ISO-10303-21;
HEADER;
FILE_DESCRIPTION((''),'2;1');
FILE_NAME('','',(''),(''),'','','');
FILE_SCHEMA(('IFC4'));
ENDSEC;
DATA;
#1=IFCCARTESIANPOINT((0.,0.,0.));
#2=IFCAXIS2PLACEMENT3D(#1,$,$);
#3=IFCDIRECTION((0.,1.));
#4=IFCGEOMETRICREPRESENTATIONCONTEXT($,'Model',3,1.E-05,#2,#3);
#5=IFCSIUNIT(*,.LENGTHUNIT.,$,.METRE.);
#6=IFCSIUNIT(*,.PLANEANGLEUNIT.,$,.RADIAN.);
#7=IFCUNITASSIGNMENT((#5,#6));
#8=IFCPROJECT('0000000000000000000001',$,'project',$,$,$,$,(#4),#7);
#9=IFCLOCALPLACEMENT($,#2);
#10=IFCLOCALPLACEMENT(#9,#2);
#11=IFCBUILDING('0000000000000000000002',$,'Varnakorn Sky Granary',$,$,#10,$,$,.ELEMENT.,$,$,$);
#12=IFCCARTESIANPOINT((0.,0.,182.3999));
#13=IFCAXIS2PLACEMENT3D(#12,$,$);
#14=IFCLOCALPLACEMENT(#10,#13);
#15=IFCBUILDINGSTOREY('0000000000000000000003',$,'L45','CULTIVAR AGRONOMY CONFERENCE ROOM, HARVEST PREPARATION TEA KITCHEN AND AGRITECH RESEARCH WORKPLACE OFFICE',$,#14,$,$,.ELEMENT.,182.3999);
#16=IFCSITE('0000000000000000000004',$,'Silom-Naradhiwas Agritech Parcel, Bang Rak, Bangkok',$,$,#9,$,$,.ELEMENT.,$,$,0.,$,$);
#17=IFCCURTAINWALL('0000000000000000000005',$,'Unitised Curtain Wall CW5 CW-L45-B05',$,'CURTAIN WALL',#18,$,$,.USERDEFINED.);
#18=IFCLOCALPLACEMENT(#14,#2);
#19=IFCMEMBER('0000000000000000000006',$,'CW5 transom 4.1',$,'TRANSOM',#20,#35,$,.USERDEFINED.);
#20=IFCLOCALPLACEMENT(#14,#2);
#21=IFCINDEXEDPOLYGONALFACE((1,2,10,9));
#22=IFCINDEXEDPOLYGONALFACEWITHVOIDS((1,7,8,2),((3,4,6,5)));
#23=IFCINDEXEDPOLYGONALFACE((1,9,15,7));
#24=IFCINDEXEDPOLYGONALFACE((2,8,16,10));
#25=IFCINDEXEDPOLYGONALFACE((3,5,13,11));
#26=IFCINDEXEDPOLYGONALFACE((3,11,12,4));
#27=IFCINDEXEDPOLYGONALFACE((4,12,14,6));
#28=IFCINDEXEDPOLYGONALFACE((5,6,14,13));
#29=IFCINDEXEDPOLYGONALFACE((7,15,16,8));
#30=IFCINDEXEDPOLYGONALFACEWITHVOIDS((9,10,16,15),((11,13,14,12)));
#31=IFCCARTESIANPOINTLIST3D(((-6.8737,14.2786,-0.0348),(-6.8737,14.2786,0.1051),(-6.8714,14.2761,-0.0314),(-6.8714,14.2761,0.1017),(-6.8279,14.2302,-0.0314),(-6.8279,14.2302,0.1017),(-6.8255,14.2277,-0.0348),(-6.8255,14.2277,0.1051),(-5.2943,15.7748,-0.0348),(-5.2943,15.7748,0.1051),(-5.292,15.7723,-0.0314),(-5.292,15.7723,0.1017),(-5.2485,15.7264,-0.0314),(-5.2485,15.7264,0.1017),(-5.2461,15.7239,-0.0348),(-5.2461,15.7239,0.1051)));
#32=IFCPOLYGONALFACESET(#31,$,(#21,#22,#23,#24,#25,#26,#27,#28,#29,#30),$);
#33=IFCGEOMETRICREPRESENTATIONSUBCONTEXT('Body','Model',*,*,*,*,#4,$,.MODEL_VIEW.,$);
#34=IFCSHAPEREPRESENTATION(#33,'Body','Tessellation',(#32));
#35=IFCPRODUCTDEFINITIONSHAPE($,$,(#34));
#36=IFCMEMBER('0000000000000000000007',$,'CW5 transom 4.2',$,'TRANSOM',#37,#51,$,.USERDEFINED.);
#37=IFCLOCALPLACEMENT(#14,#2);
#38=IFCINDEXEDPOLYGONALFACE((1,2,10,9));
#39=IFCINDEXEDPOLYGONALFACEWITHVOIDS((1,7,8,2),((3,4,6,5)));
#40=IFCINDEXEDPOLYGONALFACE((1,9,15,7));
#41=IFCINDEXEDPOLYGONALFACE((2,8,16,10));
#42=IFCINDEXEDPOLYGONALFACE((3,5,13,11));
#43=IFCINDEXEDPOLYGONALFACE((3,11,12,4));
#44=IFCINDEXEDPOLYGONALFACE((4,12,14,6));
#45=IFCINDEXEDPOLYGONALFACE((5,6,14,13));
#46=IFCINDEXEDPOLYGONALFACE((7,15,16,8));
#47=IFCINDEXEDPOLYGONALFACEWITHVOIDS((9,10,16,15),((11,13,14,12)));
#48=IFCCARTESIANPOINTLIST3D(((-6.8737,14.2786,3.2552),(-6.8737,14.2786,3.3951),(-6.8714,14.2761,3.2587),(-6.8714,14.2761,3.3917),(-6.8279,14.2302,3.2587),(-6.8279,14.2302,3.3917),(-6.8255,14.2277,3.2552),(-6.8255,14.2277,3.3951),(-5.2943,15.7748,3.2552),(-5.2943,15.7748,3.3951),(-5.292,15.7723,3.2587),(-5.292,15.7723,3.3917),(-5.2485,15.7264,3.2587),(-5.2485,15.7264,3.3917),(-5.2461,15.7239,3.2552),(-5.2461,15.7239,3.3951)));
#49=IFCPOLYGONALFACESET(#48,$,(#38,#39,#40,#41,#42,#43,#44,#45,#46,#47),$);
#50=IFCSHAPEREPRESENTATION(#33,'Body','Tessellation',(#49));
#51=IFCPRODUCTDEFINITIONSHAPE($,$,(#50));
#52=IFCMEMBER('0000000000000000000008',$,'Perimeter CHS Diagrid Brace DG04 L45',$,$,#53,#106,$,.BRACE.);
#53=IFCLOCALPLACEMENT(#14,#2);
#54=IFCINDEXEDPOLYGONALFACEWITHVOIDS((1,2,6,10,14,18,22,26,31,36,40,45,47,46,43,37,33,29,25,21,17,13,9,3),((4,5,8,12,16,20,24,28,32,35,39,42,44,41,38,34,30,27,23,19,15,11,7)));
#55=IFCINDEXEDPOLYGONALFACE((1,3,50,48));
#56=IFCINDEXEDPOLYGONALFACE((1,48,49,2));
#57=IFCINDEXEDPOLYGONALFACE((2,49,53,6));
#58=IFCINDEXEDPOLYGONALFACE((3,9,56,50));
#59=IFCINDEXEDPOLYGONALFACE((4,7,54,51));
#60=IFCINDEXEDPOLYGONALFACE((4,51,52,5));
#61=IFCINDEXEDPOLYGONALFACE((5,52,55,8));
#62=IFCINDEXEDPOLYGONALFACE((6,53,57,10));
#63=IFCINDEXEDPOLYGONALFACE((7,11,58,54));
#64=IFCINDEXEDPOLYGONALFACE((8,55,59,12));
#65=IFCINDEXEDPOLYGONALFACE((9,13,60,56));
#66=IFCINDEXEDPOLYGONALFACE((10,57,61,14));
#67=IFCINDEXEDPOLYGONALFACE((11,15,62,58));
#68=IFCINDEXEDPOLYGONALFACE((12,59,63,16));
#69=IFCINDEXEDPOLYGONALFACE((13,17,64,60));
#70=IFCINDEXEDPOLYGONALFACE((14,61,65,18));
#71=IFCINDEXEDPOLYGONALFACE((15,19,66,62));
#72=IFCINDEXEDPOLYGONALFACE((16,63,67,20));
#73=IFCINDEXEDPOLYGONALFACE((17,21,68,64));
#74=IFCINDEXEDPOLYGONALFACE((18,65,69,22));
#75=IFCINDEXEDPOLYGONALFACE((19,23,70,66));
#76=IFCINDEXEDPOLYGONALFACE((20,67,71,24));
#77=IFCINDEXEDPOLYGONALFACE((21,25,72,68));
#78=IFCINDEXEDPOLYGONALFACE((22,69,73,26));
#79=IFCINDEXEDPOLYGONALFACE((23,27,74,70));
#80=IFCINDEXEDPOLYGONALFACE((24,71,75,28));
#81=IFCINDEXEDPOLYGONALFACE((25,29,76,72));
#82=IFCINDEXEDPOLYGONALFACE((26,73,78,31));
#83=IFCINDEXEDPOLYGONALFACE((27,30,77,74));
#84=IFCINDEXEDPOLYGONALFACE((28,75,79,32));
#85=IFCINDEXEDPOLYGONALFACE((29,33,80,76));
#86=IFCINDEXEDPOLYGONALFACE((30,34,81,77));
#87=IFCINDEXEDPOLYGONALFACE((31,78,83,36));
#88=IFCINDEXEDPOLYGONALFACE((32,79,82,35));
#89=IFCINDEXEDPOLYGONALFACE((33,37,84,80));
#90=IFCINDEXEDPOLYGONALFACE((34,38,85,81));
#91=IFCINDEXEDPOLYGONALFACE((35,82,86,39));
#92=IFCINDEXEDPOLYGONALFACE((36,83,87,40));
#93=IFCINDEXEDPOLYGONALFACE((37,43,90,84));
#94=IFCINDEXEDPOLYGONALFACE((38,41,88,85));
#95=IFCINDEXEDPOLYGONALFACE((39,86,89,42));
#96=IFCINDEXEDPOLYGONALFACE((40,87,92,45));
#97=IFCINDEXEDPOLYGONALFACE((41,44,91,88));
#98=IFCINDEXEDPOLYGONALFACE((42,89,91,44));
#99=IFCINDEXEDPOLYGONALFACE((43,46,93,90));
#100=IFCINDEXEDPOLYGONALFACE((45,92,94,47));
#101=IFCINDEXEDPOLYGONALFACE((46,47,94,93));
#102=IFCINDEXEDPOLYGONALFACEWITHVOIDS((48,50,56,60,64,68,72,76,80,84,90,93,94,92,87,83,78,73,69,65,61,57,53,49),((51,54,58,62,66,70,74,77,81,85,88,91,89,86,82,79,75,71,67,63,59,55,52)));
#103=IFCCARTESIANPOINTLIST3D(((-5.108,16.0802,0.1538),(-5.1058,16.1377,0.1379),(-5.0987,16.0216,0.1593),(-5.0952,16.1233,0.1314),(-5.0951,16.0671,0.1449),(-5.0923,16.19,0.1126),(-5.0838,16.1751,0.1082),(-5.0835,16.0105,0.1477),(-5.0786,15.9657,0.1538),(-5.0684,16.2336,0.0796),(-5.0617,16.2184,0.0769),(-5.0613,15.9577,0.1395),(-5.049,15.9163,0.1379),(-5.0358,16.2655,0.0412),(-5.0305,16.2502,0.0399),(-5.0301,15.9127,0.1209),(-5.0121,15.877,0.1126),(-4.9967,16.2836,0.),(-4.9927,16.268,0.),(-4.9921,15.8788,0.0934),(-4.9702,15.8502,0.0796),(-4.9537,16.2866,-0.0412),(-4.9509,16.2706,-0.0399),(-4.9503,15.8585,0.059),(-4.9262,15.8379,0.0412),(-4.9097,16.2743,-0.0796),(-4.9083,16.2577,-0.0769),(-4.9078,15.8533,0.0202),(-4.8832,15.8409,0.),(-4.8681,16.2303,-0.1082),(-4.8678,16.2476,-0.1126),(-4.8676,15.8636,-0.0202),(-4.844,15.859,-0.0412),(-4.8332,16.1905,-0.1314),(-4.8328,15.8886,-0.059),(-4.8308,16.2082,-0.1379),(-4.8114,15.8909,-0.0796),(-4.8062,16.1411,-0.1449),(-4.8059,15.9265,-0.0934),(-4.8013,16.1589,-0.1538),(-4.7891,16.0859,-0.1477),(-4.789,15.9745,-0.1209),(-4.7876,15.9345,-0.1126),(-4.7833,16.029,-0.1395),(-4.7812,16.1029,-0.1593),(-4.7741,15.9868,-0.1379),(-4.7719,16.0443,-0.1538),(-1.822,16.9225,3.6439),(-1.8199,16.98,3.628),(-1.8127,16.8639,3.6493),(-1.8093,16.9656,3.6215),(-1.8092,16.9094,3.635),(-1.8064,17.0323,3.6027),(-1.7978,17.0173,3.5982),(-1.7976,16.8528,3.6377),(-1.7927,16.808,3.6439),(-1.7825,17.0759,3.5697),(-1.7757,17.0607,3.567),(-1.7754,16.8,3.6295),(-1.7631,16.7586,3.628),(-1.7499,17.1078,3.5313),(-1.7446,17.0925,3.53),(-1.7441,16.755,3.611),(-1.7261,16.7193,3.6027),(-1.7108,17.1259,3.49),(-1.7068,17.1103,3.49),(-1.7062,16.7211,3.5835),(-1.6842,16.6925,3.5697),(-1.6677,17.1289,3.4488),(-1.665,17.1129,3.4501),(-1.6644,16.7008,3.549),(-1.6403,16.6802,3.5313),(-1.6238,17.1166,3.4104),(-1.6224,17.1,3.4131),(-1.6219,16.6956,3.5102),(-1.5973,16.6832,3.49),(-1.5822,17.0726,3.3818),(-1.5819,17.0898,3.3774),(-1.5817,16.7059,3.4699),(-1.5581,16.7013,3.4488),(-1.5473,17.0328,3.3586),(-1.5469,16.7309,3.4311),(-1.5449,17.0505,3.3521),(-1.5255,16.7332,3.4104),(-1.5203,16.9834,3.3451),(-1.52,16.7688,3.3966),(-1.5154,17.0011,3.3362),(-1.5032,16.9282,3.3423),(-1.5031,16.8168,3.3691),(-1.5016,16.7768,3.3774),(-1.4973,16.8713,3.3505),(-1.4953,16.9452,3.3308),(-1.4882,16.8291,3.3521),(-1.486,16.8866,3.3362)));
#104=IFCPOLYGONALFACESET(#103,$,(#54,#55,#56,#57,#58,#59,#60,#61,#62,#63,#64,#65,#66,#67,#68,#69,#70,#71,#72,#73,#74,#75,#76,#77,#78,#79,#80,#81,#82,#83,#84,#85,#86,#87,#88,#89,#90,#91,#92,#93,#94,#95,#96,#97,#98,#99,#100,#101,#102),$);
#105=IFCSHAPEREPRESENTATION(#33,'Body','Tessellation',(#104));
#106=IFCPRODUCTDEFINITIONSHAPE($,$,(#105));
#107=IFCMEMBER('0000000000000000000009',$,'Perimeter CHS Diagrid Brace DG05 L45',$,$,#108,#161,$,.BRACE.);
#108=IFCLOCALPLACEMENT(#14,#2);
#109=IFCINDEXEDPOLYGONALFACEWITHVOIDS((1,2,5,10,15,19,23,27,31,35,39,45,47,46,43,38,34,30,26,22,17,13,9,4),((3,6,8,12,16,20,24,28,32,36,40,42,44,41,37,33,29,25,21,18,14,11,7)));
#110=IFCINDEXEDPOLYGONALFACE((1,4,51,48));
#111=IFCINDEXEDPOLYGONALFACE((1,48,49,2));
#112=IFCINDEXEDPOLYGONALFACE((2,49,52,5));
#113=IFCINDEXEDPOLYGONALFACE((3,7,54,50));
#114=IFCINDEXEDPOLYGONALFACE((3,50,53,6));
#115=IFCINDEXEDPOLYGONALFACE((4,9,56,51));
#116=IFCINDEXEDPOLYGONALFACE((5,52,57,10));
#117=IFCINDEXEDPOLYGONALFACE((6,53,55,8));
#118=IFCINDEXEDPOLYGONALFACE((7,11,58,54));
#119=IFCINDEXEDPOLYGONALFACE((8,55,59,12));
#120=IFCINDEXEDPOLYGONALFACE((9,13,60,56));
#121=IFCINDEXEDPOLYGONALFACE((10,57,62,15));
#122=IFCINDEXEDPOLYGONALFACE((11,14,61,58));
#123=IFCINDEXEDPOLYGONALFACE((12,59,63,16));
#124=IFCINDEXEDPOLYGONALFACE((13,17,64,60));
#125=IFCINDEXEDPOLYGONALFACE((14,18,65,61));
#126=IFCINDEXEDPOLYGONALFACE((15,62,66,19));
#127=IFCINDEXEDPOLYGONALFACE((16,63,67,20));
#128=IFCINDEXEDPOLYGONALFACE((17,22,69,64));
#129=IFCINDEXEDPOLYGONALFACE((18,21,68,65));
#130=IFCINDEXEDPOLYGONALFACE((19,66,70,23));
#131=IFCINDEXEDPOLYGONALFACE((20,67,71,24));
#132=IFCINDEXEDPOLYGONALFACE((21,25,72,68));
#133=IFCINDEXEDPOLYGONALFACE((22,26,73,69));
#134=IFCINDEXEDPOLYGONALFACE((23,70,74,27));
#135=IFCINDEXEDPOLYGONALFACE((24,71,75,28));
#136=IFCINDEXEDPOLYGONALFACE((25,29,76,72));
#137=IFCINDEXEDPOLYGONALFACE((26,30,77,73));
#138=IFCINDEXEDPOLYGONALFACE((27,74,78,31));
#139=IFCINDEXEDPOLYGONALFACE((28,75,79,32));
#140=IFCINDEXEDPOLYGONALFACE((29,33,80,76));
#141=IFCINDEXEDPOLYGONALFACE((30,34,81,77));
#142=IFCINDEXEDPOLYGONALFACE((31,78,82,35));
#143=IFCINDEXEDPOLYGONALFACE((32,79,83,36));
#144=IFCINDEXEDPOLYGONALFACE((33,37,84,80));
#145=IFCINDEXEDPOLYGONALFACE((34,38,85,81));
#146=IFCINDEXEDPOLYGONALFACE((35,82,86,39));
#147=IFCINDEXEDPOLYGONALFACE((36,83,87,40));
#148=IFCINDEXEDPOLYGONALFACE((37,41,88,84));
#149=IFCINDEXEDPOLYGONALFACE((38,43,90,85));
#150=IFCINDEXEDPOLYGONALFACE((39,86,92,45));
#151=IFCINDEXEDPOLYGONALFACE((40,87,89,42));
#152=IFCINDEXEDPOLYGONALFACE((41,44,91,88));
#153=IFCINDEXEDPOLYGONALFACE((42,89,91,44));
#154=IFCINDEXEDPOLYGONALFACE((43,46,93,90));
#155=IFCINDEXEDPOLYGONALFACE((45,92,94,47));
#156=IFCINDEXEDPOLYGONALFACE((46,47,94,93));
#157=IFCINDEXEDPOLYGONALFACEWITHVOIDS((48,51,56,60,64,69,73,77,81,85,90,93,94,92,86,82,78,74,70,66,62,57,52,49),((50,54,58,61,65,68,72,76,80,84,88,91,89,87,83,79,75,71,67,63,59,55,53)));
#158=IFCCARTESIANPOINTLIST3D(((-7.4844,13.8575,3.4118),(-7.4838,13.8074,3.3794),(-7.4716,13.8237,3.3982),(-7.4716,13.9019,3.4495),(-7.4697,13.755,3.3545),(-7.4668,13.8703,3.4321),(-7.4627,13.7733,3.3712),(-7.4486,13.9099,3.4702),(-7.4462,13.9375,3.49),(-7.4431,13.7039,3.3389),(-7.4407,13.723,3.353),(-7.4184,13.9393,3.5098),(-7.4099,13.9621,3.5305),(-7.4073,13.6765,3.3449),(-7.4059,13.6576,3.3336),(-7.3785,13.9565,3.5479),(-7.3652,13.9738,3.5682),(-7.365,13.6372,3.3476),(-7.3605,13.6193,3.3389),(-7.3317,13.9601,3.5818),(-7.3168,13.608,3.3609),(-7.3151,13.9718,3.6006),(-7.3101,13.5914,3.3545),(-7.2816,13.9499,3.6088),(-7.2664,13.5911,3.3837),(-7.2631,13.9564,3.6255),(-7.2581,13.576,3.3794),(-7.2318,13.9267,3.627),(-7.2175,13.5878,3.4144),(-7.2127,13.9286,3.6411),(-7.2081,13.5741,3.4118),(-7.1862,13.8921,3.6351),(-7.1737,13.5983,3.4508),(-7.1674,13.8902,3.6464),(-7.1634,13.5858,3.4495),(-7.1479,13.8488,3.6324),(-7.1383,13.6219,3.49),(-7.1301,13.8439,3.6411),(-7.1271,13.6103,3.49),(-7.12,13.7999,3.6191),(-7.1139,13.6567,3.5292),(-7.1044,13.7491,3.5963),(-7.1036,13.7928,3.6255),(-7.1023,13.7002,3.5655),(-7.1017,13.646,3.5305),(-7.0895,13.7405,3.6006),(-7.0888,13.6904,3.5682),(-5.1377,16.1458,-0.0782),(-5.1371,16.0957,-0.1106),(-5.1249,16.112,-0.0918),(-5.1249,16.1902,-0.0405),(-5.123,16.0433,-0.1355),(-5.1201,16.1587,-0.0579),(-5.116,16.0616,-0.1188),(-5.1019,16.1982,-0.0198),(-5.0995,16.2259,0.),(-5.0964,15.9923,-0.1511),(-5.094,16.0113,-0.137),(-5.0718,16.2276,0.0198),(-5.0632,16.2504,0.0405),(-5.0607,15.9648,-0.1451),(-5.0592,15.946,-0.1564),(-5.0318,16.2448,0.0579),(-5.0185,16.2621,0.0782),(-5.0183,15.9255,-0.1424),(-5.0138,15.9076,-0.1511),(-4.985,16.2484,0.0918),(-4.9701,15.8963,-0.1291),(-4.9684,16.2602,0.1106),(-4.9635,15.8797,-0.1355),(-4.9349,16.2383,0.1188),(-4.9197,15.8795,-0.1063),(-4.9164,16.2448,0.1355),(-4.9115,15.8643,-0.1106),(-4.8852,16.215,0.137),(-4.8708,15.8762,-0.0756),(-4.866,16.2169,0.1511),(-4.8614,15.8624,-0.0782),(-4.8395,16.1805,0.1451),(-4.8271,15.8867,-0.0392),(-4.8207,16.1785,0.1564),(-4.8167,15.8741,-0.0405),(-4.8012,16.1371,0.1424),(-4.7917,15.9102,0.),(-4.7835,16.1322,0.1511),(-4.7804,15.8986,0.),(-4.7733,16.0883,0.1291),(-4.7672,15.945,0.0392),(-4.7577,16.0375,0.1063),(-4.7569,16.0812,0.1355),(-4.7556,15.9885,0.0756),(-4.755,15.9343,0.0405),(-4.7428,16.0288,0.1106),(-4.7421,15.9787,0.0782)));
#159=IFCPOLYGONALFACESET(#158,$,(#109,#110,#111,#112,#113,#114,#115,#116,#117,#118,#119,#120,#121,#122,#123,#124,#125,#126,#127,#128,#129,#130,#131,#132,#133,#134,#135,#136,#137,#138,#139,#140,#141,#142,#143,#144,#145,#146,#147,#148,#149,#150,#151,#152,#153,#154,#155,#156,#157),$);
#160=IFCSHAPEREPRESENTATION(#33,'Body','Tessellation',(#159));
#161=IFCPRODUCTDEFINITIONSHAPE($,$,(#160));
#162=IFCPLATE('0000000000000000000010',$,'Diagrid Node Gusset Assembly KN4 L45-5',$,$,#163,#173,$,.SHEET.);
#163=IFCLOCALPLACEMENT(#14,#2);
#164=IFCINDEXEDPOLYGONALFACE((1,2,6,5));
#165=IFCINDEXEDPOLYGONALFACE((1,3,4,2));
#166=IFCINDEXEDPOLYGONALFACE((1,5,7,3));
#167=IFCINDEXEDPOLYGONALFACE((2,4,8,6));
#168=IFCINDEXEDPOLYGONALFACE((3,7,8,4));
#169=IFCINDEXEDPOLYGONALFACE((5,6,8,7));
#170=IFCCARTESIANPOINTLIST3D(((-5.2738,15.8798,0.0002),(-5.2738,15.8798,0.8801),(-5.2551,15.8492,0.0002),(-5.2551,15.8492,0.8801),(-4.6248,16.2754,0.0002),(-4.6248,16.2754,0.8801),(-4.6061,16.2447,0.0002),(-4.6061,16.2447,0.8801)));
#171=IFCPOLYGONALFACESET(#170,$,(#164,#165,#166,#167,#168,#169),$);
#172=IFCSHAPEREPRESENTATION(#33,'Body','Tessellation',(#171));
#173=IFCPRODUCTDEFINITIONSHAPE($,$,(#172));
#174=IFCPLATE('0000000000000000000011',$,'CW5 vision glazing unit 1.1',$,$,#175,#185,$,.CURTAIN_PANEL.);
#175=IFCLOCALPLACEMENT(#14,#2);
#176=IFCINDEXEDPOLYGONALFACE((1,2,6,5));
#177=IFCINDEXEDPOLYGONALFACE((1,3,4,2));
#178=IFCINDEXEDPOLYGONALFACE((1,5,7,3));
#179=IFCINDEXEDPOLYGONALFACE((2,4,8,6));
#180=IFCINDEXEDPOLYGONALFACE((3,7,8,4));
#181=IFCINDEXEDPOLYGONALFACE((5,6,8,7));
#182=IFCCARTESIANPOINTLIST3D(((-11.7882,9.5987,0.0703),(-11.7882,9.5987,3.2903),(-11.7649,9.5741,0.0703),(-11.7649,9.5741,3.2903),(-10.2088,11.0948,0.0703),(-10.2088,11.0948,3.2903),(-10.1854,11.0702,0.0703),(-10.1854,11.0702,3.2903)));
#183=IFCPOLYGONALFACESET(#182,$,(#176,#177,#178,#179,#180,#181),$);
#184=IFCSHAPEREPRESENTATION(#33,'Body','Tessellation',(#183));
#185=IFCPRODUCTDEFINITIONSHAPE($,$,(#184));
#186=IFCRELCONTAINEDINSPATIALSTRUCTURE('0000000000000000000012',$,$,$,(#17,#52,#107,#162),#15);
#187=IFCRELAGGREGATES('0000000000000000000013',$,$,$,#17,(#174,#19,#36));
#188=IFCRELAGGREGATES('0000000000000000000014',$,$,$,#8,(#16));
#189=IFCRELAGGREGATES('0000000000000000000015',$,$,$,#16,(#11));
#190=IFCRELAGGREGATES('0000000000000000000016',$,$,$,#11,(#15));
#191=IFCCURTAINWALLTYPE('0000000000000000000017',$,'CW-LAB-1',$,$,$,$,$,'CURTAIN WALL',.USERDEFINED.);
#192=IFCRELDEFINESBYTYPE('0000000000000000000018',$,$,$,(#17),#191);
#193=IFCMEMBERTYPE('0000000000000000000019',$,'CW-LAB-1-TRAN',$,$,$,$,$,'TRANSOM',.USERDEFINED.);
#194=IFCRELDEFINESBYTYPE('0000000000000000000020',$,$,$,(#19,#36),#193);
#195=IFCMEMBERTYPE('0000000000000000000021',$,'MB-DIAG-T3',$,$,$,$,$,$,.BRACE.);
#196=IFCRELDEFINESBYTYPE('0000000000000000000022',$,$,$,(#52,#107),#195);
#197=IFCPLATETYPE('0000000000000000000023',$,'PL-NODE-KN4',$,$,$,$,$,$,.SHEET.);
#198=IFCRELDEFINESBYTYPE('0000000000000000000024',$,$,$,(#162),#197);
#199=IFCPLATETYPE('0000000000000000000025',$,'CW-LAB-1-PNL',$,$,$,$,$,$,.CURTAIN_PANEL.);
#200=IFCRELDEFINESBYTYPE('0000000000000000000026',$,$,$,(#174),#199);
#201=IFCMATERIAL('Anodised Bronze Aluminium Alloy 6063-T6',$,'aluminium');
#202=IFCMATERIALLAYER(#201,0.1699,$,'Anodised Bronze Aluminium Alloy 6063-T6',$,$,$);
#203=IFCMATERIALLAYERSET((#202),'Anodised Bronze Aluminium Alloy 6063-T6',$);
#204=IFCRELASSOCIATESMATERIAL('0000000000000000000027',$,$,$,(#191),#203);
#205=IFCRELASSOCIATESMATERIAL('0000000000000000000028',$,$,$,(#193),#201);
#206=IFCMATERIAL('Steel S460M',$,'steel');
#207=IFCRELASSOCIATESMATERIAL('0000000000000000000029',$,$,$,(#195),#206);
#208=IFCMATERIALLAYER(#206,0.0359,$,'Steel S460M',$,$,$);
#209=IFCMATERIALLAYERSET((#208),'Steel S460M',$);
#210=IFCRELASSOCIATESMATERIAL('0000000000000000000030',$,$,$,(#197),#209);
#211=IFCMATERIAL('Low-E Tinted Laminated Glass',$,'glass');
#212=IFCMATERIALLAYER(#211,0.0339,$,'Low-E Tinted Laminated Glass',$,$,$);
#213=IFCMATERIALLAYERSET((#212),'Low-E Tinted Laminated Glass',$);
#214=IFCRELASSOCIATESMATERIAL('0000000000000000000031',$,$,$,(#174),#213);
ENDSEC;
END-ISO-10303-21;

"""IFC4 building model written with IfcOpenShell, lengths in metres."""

from ifc_helpers import new_model, si_unit, direction, frame, origin, origin_2d, place, context, subcontext, project, spatial, rectangle, hollow_rectangle, hollow_circle, extrude, source, transform, mapped, material, layer, layer_set, material_profile, profile_set, type_object, element, aggregate, save


model = new_model("IFC4")

# Units and contexts
model_context = context("Model", 3, precision=1e-05, world=origin(), true_north=direction((0.0, 1.0)))
body_context = subcontext(model_context, "Body", "Model", "MODEL_VIEW")
ifc_project = project(units=[si_unit("LENGTHUNIT", "METRE"), si_unit("PLANEANGLEUNIT", "RADIAN")], contexts=[model_context])

# Site, building, storey
site_placement = place(None, origin())
site = spatial("IfcSite", under=ifc_project, at=site_placement, Name="Silom-Naradhiwas Agritech Parcel, Bang Rak, Bangkok", CompositionType="ELEMENT", RefElevation=0.0)
building_placement = place(site_placement, origin())
building = spatial("IfcBuilding", under=site, at=building_placement, Name="Varnakorn Sky Granary", CompositionType="ELEMENT")
storey_placement = place(building_placement, frame((0.0, 0.0, 182.3999)))
storey = spatial("IfcBuildingStorey", under=building, at=storey_placement, Name="L45", Description="CULTIVAR AGRONOMY CONFERENCE ROOM, HARVEST PREPARATION TEA KITCHEN AND AGRITECH RESEARCH WORKPLACE OFFICE", CompositionType="ELEMENT", Elevation=182.3999)

# Shared definitions
ifc_material_1 = material(Name="Steel S460M", Category="steel")

# Shared definitions
ifc_material_2 = material(Name="Anodised Bronze Aluminium Alloy 6063-T6", Category="aluminium")
ifc_layer_1 = layer(ifc_material_2, 0.1699, Name="Anodised Bronze Aluminium Alloy 6063-T6")
ifc_layer_set_1 = layer_set([ifc_layer_1], Name="Anodised Bronze Aluminium Alloy 6063-T6")
curtain_wall_type = type_object("IfcCurtainWallType", Name="CW-LAB-1", ElementType="CURTAIN WALL", PredefinedType="USERDEFINED", material=ifc_layer_set_1)

# Curtain wall
curtain_wall_1_placement = place(storey_placement, origin())
curtain_wall_1 = element("IfcCurtainWall", 1, at=curtain_wall_1_placement, inside=storey, type_object=curtain_wall_type, Name="Unitised Curtain Wall CW5 CW-L45-B05", ObjectType="CURTAIN WALL", PredefinedType="USERDEFINED")

# Members
ifc_material_profile_1 = material_profile(ifc_material_2, hollow_rectangle(XDim=0.0701, YDim=0.1399, WallThickness=0.0034, at=origin_2d()), Name="ALU TRAN 70x140")
ifc_profile_set_1 = profile_set([ifc_material_profile_1], Name="Anodised Bronze Aluminium Alloy 6063-T6")
member_type_1 = type_object("IfcMemberType", Name="CW-LAB-1-TRAN", ElementType="TRANSOM", PredefinedType="USERDEFINED", material=ifc_profile_set_1)
member_1_placement = place(storey_placement, frame((-6.8496, 14.2532, 0.0352), z_axis=(0.725982, 0.687714, 0.0), x_axis=(-0.687714, 0.725982, 0.0)))
member_1 = element("IfcMember", 2, at=member_1_placement, type_object=member_type_1, Name="CW5 transom 4.1", ObjectType="TRANSOM", PredefinedType="USERDEFINED", context=body_context, shape_type="SweptSolid", body=[
    extrude(hollow_rectangle(XDim=0.0701, YDim=0.1399, WallThickness=0.0034, at=origin_2d()), origin(), (0.0, 0.0, 1.0), 2.1755),
])
member_2_placement = place(storey_placement, frame((-6.8496, 14.2532, 3.3252), z_axis=(0.725982, 0.687714, 0.0), x_axis=(-0.687714, 0.725982, 0.0)))
member_2 = element("IfcMember", 3, at=member_2_placement, type_object=member_type_1, Name="CW5 transom 4.2", ObjectType="TRANSOM", PredefinedType="USERDEFINED", context=body_context, shape_type="SweptSolid", body=[
    extrude(hollow_rectangle(XDim=0.0701, YDim=0.1399, WallThickness=0.0034, at=origin_2d()), origin(), (0.0, 0.0, 1.0), 2.1755),
])

# Members
ifc_material_profile_2 = material_profile(ifc_material_1, hollow_circle(Radius=0.2285, WallThickness=0.0161, at=origin_2d()), Name="CHS 457x16")
ifc_profile_set_2 = profile_set([ifc_material_profile_2], Name="Steel S460M")
member_type_2 = type_object("IfcMemberType", Name="MB-DIAG-T3", PredefinedType="BRACE", material=ifc_profile_set_2)
member_3_placement = place(storey_placement, frame((-4.9399, 16.0623, 0.0), z_axis=(0.675153, 0.173065, 0.71709), x_axis=(-0.248306, 0.968682, 0.0)))
element("IfcMember", 4, at=member_3_placement, inside=storey, type_object=member_type_2, Name="Perimeter CHS Diagrid Brace DG04 L45", PredefinedType="BRACE", context=body_context, shape_type="SweptSolid", body=[
    extrude(hollow_circle(Radius=0.2285, WallThickness=0.0161, at=origin_2d()), origin(), (0.0, 0.0, 1.0), 4.8669),
])
member_4_placement = place(storey_placement, frame((-4.9399, 16.0623, 0.0), z_axis=(-0.490133, -0.477946, 0.728928), x_axis=(0.69815, -0.715952, 0.0)))
element("IfcMember", 5, at=member_4_placement, inside=storey, type_object=member_type_2, Name="Perimeter CHS Diagrid Brace DG05 L45", PredefinedType="BRACE", context=body_context, shape_type="SweptSolid", body=[
    extrude(hollow_circle(Radius=0.2285, WallThickness=0.0161, at=origin_2d()), origin(), (0.0, 0.0, 1.0), 4.7878),
])

# Plates
ifc_layer_2 = layer(ifc_material_1, 0.0359, Name="Steel S460M")
ifc_layer_set_2 = layer_set([ifc_layer_2], Name="Steel S460M")
plate_type_1 = type_object("IfcPlateType", Name="PL-NODE-KN4", PredefinedType="SHEET", material=ifc_layer_set_2)
plate_1_placement = place(storey_placement, frame((-4.9399, 16.0623, 0.0002), z_axis=(0.0, 0.0, 1.0), x_axis=(-0.853891, -0.520451, 0.0)))
element("IfcPlate", 6, at=plate_1_placement, inside=storey, type_object=plate_type_1, Name="Diagrid Node Gusset Assembly KN4 L45-5", PredefinedType="SHEET", context=body_context, shape_type="SweptSolid", body=[
    extrude(rectangle(XDim=0.76, YDim=0.0359, at=origin_2d()), origin(), (0.0, 0.0, 1.0), 0.8799),
])
ifc_material_3 = material(Name="Low-E Tinted Laminated Glass", Category="glass")
ifc_layer_3 = layer(ifc_material_3, 0.0339, Name="Low-E Tinted Laminated Glass")
ifc_layer_set_3 = layer_set([ifc_layer_3], Name="Low-E Tinted Laminated Glass")
plate_type_2 = type_object("IfcPlateType", Name="CW-LAB-1-PNL", PredefinedType="CURTAIN_PANEL")
shared_shape_1 = source(origin(), body_context, "Body", "SweptSolid", [
    extrude(rectangle(XDim=2.1755, YDim=0.0339, at=origin_2d()), origin(), (0.0, 0.0, 1.0), 3.22),
])
plate_2_placement = place(storey_placement, frame((-10.9868, 10.3345, 0.0703), z_axis=(0.0, 0.0, 1.0), x_axis=(0.726002, 0.687692, 0.0)))
plate_2 = element("IfcPlate", 7, at=plate_2_placement, type_object=plate_type_2, material=ifc_layer_set_3, Name="CW5 vision glazing unit 1.1", PredefinedType="CURTAIN_PANEL", context=body_context, shape_type="MappedRepresentation", body=[
    mapped(shared_shape_1, transform((0.0, 0.0, 0.0), x_axis=(1.0, 0.0, 0.0), y_axis=(0.0, 1.0, 0.0), z_axis=(0.0, 0.0, 1.0), scale=1.0)),
])
aggregate(curtain_wall_1, [plate_2, member_1, member_2])

save(model, "model.ifc")
